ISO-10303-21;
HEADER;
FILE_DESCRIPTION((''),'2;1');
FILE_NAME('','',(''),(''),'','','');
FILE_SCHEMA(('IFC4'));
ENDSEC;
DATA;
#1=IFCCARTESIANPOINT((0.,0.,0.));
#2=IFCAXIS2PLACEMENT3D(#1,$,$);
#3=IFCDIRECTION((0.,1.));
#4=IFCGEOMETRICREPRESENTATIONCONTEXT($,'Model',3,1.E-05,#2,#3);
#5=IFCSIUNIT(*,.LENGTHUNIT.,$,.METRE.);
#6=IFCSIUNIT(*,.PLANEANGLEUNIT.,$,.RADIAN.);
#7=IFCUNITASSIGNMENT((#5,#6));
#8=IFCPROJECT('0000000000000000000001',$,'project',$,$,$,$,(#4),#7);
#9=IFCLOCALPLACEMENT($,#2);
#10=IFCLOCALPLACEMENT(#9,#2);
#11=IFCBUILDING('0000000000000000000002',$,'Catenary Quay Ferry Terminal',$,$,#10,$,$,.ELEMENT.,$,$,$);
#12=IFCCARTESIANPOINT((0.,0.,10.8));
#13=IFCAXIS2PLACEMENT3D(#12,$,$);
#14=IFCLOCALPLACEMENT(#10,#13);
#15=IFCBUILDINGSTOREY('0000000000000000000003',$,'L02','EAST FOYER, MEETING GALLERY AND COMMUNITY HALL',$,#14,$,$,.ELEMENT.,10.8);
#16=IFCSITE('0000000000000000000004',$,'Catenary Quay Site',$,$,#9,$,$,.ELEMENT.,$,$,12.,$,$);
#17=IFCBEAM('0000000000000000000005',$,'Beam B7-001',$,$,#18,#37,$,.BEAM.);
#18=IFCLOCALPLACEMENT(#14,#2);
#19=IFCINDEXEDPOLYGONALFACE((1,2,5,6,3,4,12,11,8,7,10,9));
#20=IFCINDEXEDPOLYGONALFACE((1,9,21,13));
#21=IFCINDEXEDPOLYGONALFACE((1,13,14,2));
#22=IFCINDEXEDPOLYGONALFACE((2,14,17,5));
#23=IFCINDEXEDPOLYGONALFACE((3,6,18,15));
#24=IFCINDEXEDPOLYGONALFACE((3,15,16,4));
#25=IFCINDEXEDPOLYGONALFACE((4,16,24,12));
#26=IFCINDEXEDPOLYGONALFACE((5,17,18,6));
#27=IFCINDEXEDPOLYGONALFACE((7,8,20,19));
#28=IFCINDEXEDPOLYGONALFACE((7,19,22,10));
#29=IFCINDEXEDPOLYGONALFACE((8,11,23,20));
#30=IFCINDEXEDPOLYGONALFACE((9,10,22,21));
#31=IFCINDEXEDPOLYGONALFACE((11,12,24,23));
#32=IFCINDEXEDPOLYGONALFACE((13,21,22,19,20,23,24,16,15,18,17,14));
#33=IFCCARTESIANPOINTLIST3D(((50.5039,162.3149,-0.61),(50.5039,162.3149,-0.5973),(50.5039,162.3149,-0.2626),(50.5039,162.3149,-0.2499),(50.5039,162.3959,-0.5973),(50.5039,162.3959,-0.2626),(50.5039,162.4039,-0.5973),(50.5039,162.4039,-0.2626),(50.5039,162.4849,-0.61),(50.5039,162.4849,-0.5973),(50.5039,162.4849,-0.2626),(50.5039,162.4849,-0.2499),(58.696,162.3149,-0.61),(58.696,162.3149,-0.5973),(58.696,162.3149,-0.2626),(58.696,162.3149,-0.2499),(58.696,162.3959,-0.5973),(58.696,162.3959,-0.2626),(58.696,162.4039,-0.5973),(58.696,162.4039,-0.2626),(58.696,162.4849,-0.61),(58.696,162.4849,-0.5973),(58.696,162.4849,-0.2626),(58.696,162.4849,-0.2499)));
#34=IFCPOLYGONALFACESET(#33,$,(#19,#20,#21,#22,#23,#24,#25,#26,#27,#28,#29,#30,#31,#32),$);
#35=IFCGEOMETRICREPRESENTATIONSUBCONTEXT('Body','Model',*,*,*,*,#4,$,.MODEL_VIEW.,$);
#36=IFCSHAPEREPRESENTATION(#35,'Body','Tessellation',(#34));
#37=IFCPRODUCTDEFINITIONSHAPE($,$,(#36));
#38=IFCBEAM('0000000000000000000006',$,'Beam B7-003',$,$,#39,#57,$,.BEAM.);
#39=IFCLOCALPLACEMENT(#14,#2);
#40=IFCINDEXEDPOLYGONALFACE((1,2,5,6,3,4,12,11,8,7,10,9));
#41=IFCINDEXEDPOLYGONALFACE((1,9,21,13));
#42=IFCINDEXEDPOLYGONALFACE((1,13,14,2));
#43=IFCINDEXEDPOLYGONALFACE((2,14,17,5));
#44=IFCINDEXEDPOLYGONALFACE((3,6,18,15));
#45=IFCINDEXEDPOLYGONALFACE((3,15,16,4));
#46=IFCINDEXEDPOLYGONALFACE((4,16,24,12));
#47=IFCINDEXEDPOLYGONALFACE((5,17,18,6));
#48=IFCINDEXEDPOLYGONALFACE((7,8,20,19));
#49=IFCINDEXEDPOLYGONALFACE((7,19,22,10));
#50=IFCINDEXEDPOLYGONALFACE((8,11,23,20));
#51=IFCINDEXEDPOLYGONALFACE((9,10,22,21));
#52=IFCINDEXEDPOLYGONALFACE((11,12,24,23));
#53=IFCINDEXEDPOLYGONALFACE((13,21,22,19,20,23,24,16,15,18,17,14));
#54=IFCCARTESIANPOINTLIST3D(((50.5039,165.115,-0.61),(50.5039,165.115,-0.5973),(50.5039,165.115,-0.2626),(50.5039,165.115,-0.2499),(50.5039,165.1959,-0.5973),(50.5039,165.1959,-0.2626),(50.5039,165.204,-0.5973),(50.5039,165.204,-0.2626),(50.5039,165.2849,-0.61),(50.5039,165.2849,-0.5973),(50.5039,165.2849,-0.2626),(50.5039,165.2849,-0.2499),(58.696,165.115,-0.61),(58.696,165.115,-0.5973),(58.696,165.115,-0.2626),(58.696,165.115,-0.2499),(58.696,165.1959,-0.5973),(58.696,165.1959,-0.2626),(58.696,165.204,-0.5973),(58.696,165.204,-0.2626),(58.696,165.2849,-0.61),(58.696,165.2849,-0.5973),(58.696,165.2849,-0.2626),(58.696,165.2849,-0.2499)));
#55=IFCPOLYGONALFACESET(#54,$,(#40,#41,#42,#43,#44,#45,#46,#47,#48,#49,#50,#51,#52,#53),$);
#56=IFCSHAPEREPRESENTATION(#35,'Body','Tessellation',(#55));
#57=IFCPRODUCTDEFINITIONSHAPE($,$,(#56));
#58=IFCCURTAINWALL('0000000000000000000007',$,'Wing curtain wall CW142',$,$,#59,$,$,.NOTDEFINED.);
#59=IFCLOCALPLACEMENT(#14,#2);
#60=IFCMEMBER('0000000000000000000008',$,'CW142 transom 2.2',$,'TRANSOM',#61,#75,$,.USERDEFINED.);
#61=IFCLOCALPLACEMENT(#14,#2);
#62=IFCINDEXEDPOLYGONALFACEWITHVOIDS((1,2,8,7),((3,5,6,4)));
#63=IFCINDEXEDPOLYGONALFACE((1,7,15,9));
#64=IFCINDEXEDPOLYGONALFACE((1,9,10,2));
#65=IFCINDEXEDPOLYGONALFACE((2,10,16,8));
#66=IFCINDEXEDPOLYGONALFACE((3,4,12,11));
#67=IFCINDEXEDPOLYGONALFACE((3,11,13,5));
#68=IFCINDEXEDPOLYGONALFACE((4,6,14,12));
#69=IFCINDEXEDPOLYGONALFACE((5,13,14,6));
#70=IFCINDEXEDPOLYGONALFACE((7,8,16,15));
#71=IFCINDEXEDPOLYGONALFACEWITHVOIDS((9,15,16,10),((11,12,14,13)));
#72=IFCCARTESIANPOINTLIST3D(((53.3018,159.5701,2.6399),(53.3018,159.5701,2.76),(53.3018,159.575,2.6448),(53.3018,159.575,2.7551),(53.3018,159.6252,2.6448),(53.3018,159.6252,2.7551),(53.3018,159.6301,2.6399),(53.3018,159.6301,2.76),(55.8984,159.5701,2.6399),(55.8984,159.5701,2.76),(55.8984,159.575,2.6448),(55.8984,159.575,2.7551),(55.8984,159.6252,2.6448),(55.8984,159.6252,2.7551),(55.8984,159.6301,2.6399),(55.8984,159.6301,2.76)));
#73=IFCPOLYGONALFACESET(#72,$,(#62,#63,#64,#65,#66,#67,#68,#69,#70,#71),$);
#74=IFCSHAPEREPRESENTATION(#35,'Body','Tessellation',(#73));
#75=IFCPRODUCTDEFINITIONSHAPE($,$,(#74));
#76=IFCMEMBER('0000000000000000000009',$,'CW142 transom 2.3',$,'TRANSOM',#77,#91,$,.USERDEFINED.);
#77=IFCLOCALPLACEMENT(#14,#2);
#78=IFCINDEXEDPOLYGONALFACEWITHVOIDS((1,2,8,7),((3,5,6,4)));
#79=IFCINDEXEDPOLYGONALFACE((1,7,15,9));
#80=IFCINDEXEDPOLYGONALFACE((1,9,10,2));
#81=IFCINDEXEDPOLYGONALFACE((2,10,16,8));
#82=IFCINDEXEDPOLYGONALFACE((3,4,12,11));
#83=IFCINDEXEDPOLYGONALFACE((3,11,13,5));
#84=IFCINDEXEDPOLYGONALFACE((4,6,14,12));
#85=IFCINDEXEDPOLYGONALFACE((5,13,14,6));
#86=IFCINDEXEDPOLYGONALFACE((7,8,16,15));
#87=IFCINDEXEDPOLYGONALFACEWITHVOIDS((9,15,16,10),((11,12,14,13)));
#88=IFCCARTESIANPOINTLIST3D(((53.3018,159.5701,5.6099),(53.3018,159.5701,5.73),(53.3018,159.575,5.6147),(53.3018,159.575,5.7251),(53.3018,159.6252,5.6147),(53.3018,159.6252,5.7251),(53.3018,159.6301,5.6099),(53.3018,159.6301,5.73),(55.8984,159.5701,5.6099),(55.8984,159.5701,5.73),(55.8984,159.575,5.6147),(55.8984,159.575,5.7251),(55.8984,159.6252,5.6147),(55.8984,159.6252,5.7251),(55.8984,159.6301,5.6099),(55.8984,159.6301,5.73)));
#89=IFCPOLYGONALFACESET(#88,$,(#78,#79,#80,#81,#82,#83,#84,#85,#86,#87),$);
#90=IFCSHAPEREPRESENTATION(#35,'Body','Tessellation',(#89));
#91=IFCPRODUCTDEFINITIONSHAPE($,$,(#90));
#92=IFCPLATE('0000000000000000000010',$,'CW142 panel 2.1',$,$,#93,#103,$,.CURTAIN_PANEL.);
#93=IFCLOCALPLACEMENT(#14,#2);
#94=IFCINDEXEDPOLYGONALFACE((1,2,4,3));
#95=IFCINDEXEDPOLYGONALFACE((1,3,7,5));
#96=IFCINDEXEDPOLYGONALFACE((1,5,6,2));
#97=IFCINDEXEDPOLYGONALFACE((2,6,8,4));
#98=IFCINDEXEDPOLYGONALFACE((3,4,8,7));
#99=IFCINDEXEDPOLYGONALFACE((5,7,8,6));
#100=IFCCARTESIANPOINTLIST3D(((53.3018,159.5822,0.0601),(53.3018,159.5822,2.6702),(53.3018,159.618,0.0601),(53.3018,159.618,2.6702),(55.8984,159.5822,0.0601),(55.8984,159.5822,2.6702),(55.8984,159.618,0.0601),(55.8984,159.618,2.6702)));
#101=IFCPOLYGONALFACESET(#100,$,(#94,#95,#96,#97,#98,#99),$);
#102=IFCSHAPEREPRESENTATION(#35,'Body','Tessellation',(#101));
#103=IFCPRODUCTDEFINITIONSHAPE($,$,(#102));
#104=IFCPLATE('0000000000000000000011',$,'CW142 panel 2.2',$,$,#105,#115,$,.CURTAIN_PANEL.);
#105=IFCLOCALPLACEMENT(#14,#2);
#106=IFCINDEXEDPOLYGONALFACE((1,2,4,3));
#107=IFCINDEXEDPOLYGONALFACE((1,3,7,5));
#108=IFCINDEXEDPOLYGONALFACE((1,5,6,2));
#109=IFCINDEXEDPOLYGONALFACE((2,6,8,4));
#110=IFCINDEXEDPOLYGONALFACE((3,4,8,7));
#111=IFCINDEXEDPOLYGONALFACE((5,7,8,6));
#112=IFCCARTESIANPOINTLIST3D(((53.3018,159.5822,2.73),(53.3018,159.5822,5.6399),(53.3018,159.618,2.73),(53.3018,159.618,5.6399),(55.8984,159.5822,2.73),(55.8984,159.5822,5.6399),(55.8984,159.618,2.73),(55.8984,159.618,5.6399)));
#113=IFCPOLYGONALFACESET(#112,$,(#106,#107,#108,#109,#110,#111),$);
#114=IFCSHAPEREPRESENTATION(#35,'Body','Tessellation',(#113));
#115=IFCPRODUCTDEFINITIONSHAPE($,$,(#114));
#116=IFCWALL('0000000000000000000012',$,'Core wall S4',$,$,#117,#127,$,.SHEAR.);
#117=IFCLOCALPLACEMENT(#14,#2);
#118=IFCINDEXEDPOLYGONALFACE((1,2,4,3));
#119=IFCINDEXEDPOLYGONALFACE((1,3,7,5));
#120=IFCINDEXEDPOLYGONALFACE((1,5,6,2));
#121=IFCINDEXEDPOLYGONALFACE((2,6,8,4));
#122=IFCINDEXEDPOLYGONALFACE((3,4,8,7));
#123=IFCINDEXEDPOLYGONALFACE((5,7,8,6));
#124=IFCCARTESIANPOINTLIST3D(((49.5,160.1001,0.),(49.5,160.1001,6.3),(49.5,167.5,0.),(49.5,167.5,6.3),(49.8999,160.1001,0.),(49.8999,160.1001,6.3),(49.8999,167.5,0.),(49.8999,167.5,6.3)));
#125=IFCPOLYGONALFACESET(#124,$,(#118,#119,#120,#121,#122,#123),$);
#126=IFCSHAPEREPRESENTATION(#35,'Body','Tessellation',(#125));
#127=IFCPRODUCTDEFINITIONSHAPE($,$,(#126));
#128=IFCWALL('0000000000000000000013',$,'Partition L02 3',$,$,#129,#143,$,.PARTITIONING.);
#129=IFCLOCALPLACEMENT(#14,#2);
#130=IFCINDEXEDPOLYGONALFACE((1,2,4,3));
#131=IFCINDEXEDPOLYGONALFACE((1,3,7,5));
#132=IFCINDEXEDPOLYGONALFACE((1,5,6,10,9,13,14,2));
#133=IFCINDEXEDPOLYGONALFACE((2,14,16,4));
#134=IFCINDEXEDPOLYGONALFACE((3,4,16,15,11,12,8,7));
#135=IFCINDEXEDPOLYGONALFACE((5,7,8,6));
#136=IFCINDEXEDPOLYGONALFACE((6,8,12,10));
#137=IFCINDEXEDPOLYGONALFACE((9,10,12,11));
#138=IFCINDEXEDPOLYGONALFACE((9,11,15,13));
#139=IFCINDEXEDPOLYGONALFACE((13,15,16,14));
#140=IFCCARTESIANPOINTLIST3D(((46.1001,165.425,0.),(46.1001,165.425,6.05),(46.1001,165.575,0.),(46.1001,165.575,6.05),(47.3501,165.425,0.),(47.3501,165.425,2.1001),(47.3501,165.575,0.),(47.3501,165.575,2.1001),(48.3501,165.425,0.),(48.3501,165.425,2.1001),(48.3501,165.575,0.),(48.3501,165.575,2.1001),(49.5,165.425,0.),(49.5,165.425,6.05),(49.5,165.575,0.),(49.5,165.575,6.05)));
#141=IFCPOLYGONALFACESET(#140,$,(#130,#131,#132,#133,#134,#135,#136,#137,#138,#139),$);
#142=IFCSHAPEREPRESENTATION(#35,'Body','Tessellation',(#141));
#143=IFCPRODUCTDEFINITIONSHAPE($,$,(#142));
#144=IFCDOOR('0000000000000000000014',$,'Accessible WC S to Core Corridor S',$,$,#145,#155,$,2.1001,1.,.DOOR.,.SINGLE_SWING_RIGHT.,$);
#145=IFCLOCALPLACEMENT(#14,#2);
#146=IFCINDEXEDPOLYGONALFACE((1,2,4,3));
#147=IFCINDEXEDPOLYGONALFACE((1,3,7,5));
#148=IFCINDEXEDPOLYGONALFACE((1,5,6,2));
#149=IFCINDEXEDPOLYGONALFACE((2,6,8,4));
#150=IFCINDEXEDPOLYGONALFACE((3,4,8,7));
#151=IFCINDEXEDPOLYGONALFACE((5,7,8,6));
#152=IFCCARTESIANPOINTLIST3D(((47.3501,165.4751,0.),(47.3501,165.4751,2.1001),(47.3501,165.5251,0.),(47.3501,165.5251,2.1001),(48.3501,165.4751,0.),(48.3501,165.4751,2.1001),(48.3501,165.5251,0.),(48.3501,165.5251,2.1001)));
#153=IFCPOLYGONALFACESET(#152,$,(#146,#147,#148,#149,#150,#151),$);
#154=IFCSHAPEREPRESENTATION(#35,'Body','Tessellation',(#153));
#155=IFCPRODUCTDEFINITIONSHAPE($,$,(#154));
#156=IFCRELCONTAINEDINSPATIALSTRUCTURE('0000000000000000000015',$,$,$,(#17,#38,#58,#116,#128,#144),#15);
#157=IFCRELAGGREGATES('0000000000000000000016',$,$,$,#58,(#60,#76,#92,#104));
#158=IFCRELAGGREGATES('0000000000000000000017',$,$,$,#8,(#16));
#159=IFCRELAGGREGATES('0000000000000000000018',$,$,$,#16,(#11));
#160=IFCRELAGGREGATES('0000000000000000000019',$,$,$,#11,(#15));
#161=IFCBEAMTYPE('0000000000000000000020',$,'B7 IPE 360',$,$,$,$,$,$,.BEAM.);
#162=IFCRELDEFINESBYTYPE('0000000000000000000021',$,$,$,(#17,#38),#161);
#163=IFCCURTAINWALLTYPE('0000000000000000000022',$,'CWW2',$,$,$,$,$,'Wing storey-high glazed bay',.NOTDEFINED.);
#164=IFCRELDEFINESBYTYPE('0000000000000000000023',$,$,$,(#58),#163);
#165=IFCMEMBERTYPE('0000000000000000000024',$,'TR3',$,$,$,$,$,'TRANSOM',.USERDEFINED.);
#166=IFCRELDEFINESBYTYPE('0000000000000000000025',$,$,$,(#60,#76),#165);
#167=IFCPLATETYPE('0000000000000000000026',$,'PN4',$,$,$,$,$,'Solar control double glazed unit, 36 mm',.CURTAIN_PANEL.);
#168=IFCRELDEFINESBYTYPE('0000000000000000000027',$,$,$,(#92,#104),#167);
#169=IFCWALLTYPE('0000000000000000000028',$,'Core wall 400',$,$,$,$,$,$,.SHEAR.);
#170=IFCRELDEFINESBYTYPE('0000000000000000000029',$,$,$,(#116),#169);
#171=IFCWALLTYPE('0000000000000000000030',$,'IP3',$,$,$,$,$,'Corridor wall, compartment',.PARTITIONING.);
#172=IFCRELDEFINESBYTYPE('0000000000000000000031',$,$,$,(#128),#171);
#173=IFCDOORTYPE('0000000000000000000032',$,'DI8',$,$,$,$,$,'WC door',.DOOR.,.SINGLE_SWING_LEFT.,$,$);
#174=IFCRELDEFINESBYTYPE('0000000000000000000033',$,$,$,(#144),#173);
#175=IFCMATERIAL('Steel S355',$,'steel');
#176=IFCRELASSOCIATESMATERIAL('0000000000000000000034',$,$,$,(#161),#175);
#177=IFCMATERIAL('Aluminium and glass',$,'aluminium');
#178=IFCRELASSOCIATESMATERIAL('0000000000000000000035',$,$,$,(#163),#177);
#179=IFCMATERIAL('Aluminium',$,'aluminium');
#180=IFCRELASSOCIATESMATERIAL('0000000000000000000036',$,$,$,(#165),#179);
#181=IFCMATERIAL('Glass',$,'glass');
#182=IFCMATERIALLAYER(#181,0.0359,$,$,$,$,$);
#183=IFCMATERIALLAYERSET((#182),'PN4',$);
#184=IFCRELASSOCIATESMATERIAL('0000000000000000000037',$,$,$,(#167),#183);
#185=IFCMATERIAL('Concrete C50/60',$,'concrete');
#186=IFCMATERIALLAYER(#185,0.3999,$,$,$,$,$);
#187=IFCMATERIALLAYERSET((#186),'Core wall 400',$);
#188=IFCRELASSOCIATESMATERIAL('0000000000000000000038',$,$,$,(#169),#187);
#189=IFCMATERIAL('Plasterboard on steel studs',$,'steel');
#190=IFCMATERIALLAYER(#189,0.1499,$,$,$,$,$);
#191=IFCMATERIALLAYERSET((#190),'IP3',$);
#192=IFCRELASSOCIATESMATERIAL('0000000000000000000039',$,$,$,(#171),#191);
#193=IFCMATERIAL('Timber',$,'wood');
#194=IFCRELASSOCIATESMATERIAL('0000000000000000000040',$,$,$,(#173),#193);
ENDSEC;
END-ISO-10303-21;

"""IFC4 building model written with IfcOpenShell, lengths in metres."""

from ifc_helpers import new_model, si_unit, direction, frame, frame_2d, origin, origin_2d, place, context, subcontext, project, spatial, rectangle, hollow_rectangle, i_section, extrude, material, layer, layer_set, material_profile, profile_set, type_object, element, fill, aggregate, save


model = new_model("IFC4")

# Units and contexts
model_context = context("Model", 3, precision=1e-05, world=origin(), true_north=direction((0.0, 1.0)))
body_context = subcontext(model_context, "Body", "Model", "MODEL_VIEW")
ifc_project = project(units=[si_unit("LENGTHUNIT", "METRE"), si_unit("PLANEANGLEUNIT", "RADIAN")], contexts=[model_context])

# Site, building, storey
site_placement = place(None, origin())
site = spatial("IfcSite", under=ifc_project, at=site_placement, Name="Catenary Quay Site", CompositionType="ELEMENT", RefElevation=12.0)
building_placement = place(site_placement, origin())
building = spatial("IfcBuilding", under=site, at=building_placement, Name="Catenary Quay Ferry Terminal", CompositionType="ELEMENT")
storey_placement = place(building_placement, frame((0.0, 0.0, 10.8)))
storey = spatial("IfcBuildingStorey", under=building, at=storey_placement, Name="L02", Description="EAST FOYER, MEETING GALLERY AND COMMUNITY HALL", CompositionType="ELEMENT", Elevation=10.8)

# Beams
ifc_material_1 = material(Name="Steel S355", Category="steel")
ifc_material_profile_1 = material_profile(ifc_material_1, i_section(OverallWidth=0.1699, OverallDepth=0.3601, WebThickness=0.0081, FlangeThickness=0.0127, at=origin_2d()), Name="IPE 360")
ifc_profile_set_1 = profile_set([ifc_material_profile_1], Name="Steel S355")
beam_type = type_object("IfcBeamType", Name="B7 IPE 360", PredefinedType="BEAM", material=ifc_profile_set_1)
for number, where, z_axis, x_axis, name in (
    (1, (50.5039, 162.3999, -0.4299), (1.0, 0.0, 0.0), (0.0, 1.0, 0.0), "Beam B7-001"),
    (2, (50.5039, 165.2, -0.4299), (1.0, 0.0, 0.0), (0.0, 1.0, 0.0), "Beam B7-003"),
):
    element("IfcBeam", number, at=place(storey_placement, frame(where, z_axis=z_axis, x_axis=x_axis)), inside=storey, type_object=beam_type, Name=name, PredefinedType="BEAM", context=body_context, shape_type="SweptSolid", body=[
        extrude(i_section(OverallWidth=0.1699, OverallDepth=0.3601, WebThickness=0.0081, FlangeThickness=0.0127, at=origin_2d()), origin(), (0.0, 0.0, 1.0), 8.1921),
    ])

# Curtain wall, members, plates
ifc_material_2 = material(Name="Aluminium and glass", Category="aluminium")
curtain_wall_type = type_object("IfcCurtainWallType", Name="CWW2", ElementType="Wing storey-high glazed bay", PredefinedType="NOTDEFINED", material=ifc_material_2)
curtain_wall_placement = place(storey_placement, origin())
curtain_wall = element("IfcCurtainWall", 3, at=curtain_wall_placement, inside=storey, type_object=curtain_wall_type, Name="Wing curtain wall CW142", PredefinedType="NOTDEFINED")
ifc_material_3 = material(Name="Aluminium", Category="aluminium")
ifc_material_profile_2 = material_profile(ifc_material_3, hollow_rectangle(XDim=0.0601, YDim=0.1201, WallThickness=0.0049, at=origin_2d()), Name="TR3")
ifc_profile_set_2 = profile_set([ifc_material_profile_2], Name="Aluminium")
member_type = type_object("IfcMemberType", Name="TR3", ElementType="TRANSOM", PredefinedType="USERDEFINED", material=ifc_profile_set_2)
member_1_placement = place(storey_placement, frame((53.3018, 159.6001, 2.7), z_axis=(1.0, 0.0, 0.0), x_axis=(0.0, 1.0, 0.0)))
member_1 = element("IfcMember", 4, at=member_1_placement, type_object=member_type, Name="CW142 transom 2.2", ObjectType="TRANSOM", PredefinedType="USERDEFINED", context=body_context, shape_type="SweptSolid", body=[
    extrude(hollow_rectangle(XDim=0.0601, YDim=0.1201, WallThickness=0.0049, at=origin_2d()), origin(), (0.0, 0.0, 1.0), 2.5967),
])
member_2_placement = place(storey_placement, frame((53.3018, 159.6001, 5.6699), z_axis=(1.0, 0.0, 0.0), x_axis=(0.0, 1.0, 0.0)))
member_2 = element("IfcMember", 5, at=member_2_placement, type_object=member_type, Name="CW142 transom 2.3", ObjectType="TRANSOM", PredefinedType="USERDEFINED", context=body_context, shape_type="SweptSolid", body=[
    extrude(hollow_rectangle(XDim=0.0601, YDim=0.1201, WallThickness=0.0049, at=origin_2d()), origin(), (0.0, 0.0, 1.0), 2.5967),
])
ifc_material_4 = material(Name="Glass", Category="glass")
ifc_layer_1 = layer(ifc_material_4, 0.0359)
ifc_layer_set_1 = layer_set([ifc_layer_1], Name="PN4")
plate_type = type_object("IfcPlateType", Name="PN4", ElementType="Solar control double glazed unit, 36 mm", PredefinedType="CURTAIN_PANEL", material=ifc_layer_set_1)
plate_1_placement = place(storey_placement, frame((54.6001, 159.6001, 0.0601), z_axis=(0.0, 0.0, 1.0), x_axis=(1.0, 0.0, 0.0)))
plate_1 = element("IfcPlate", 6, at=plate_1_placement, type_object=plate_type, Name="CW142 panel 2.1", PredefinedType="CURTAIN_PANEL", context=body_context, shape_type="SweptSolid", body=[
    extrude(rectangle(XDim=2.5967, YDim=0.0359, at=origin_2d()), origin(), (0.0, 0.0, 1.0), 2.6101),
])
plate_2_placement = place(storey_placement, frame((54.6001, 159.6001, 2.73), z_axis=(0.0, 0.0, 1.0), x_axis=(1.0, 0.0, 0.0)))
plate_2 = element("IfcPlate", 7, at=plate_2_placement, type_object=plate_type, Name="CW142 panel 2.2", PredefinedType="CURTAIN_PANEL", context=body_context, shape_type="SweptSolid", body=[
    extrude(rectangle(XDim=2.5967, YDim=0.0359, at=origin_2d()), origin(), (0.0, 0.0, 1.0), 2.9099),
])
aggregate(curtain_wall, [member_1, member_2, plate_1, plate_2])

# Wall
ifc_material_5 = material(Name="Concrete C50/60", Category="concrete")
ifc_layer_2 = layer(ifc_material_5, 0.3999)
ifc_layer_set_2 = layer_set([ifc_layer_2], Name="Core wall 400")
wall_type_1 = type_object("IfcWallType", Name="Core wall 400", PredefinedType="SHEAR", material=ifc_layer_set_2)
wall_1_placement = place(storey_placement, frame((49.7, 160.1001, 0.0), z_axis=(0.0, 0.0, 1.0), x_axis=(0.0, 1.0, 0.0)))
element("IfcWall", 8, at=wall_1_placement, inside=storey, type_object=wall_type_1, Name="Core wall S4", PredefinedType="SHEAR", context=body_context, shape_type="SweptSolid", body=[
    extrude(rectangle(XDim=7.3999, YDim=0.3999, at=frame_2d((3.7, 0.0))), origin(), (0.0, 0.0, 1.0), 6.3),
])

# Wall, opening, door
ifc_material_6 = material(Name="Plasterboard on steel studs", Category="steel")
ifc_layer_3 = layer(ifc_material_6, 0.1499)
ifc_layer_set_3 = layer_set([ifc_layer_3], Name="IP3")
wall_type_2 = type_object("IfcWallType", Name="IP3", ElementType="Corridor wall, compartment", PredefinedType="PARTITIONING", material=ifc_layer_set_3)
wall_2_placement = place(storey_placement, frame((46.1001, 165.5, 0.0), z_axis=(0.0, 0.0, 1.0), x_axis=(1.0, 0.0, 0.0)))
wall_2 = element("IfcWall", 9, at=wall_2_placement, inside=storey, type_object=wall_type_2, Name="Partition L02 3", PredefinedType="PARTITIONING", context=body_context, shape_type="SweptSolid", body=[
    extrude(rectangle(XDim=3.3999, YDim=0.1499, at=frame_2d((1.7, 0.0))), origin(), (0.0, 0.0, 1.0), 6.05),
])
opening_1_placement = place(wall_2_placement, frame((1.25, 0.0, 0.0)))
opening_1 = element("IfcOpeningElement", 10, at=opening_1_placement, cuts=wall_2, PredefinedType="OPENING", context=body_context, shape_type="SweptSolid", body=[
    extrude(rectangle(XDim=1.0, YDim=2.1001, at=frame_2d((0.5, 1.05))), frame((0.0, 0.085, 0.0), z_axis=(0.0, -1.0, 0.0), x_axis=(1.0, 0.0, 0.0)), (0.0, 0.0, 1.0), 0.1699),
])
ifc_material_7 = material(Name="Timber", Category="wood")
door_type_1 = type_object("IfcDoorType", Name="DI8", ElementType="WC door", OperationType="SINGLE_SWING_LEFT", PredefinedType="DOOR", material=ifc_material_7)
door_1_placement = place(opening_1_placement, frame((1.0, 0.0, 0.0), z_axis=(0.0, 0.0, 1.0), x_axis=(-1.0, 0.0, 0.0)))
door_1 = element("IfcDoor", 11, at=door_1_placement, inside=storey, type_object=door_type_1, Name="Accessible WC S to Core Corridor S", OperationType="SINGLE_SWING_RIGHT", OverallHeight=2.1001, OverallWidth=1.0, PredefinedType="DOOR", context=body_context, shape_type="SweptSolid", body=[
    extrude(rectangle(XDim=1.0, YDim=2.1001, at=frame_2d((0.5, 1.05))), frame((0.0, 0.0249, 0.0), z_axis=(0.0, -1.0, 0.0), x_axis=(1.0, 0.0, 0.0)), (0.0, 0.0, 1.0), 0.05),
])
fill(opening_1, door_1)

save(model, "model.ifc")
